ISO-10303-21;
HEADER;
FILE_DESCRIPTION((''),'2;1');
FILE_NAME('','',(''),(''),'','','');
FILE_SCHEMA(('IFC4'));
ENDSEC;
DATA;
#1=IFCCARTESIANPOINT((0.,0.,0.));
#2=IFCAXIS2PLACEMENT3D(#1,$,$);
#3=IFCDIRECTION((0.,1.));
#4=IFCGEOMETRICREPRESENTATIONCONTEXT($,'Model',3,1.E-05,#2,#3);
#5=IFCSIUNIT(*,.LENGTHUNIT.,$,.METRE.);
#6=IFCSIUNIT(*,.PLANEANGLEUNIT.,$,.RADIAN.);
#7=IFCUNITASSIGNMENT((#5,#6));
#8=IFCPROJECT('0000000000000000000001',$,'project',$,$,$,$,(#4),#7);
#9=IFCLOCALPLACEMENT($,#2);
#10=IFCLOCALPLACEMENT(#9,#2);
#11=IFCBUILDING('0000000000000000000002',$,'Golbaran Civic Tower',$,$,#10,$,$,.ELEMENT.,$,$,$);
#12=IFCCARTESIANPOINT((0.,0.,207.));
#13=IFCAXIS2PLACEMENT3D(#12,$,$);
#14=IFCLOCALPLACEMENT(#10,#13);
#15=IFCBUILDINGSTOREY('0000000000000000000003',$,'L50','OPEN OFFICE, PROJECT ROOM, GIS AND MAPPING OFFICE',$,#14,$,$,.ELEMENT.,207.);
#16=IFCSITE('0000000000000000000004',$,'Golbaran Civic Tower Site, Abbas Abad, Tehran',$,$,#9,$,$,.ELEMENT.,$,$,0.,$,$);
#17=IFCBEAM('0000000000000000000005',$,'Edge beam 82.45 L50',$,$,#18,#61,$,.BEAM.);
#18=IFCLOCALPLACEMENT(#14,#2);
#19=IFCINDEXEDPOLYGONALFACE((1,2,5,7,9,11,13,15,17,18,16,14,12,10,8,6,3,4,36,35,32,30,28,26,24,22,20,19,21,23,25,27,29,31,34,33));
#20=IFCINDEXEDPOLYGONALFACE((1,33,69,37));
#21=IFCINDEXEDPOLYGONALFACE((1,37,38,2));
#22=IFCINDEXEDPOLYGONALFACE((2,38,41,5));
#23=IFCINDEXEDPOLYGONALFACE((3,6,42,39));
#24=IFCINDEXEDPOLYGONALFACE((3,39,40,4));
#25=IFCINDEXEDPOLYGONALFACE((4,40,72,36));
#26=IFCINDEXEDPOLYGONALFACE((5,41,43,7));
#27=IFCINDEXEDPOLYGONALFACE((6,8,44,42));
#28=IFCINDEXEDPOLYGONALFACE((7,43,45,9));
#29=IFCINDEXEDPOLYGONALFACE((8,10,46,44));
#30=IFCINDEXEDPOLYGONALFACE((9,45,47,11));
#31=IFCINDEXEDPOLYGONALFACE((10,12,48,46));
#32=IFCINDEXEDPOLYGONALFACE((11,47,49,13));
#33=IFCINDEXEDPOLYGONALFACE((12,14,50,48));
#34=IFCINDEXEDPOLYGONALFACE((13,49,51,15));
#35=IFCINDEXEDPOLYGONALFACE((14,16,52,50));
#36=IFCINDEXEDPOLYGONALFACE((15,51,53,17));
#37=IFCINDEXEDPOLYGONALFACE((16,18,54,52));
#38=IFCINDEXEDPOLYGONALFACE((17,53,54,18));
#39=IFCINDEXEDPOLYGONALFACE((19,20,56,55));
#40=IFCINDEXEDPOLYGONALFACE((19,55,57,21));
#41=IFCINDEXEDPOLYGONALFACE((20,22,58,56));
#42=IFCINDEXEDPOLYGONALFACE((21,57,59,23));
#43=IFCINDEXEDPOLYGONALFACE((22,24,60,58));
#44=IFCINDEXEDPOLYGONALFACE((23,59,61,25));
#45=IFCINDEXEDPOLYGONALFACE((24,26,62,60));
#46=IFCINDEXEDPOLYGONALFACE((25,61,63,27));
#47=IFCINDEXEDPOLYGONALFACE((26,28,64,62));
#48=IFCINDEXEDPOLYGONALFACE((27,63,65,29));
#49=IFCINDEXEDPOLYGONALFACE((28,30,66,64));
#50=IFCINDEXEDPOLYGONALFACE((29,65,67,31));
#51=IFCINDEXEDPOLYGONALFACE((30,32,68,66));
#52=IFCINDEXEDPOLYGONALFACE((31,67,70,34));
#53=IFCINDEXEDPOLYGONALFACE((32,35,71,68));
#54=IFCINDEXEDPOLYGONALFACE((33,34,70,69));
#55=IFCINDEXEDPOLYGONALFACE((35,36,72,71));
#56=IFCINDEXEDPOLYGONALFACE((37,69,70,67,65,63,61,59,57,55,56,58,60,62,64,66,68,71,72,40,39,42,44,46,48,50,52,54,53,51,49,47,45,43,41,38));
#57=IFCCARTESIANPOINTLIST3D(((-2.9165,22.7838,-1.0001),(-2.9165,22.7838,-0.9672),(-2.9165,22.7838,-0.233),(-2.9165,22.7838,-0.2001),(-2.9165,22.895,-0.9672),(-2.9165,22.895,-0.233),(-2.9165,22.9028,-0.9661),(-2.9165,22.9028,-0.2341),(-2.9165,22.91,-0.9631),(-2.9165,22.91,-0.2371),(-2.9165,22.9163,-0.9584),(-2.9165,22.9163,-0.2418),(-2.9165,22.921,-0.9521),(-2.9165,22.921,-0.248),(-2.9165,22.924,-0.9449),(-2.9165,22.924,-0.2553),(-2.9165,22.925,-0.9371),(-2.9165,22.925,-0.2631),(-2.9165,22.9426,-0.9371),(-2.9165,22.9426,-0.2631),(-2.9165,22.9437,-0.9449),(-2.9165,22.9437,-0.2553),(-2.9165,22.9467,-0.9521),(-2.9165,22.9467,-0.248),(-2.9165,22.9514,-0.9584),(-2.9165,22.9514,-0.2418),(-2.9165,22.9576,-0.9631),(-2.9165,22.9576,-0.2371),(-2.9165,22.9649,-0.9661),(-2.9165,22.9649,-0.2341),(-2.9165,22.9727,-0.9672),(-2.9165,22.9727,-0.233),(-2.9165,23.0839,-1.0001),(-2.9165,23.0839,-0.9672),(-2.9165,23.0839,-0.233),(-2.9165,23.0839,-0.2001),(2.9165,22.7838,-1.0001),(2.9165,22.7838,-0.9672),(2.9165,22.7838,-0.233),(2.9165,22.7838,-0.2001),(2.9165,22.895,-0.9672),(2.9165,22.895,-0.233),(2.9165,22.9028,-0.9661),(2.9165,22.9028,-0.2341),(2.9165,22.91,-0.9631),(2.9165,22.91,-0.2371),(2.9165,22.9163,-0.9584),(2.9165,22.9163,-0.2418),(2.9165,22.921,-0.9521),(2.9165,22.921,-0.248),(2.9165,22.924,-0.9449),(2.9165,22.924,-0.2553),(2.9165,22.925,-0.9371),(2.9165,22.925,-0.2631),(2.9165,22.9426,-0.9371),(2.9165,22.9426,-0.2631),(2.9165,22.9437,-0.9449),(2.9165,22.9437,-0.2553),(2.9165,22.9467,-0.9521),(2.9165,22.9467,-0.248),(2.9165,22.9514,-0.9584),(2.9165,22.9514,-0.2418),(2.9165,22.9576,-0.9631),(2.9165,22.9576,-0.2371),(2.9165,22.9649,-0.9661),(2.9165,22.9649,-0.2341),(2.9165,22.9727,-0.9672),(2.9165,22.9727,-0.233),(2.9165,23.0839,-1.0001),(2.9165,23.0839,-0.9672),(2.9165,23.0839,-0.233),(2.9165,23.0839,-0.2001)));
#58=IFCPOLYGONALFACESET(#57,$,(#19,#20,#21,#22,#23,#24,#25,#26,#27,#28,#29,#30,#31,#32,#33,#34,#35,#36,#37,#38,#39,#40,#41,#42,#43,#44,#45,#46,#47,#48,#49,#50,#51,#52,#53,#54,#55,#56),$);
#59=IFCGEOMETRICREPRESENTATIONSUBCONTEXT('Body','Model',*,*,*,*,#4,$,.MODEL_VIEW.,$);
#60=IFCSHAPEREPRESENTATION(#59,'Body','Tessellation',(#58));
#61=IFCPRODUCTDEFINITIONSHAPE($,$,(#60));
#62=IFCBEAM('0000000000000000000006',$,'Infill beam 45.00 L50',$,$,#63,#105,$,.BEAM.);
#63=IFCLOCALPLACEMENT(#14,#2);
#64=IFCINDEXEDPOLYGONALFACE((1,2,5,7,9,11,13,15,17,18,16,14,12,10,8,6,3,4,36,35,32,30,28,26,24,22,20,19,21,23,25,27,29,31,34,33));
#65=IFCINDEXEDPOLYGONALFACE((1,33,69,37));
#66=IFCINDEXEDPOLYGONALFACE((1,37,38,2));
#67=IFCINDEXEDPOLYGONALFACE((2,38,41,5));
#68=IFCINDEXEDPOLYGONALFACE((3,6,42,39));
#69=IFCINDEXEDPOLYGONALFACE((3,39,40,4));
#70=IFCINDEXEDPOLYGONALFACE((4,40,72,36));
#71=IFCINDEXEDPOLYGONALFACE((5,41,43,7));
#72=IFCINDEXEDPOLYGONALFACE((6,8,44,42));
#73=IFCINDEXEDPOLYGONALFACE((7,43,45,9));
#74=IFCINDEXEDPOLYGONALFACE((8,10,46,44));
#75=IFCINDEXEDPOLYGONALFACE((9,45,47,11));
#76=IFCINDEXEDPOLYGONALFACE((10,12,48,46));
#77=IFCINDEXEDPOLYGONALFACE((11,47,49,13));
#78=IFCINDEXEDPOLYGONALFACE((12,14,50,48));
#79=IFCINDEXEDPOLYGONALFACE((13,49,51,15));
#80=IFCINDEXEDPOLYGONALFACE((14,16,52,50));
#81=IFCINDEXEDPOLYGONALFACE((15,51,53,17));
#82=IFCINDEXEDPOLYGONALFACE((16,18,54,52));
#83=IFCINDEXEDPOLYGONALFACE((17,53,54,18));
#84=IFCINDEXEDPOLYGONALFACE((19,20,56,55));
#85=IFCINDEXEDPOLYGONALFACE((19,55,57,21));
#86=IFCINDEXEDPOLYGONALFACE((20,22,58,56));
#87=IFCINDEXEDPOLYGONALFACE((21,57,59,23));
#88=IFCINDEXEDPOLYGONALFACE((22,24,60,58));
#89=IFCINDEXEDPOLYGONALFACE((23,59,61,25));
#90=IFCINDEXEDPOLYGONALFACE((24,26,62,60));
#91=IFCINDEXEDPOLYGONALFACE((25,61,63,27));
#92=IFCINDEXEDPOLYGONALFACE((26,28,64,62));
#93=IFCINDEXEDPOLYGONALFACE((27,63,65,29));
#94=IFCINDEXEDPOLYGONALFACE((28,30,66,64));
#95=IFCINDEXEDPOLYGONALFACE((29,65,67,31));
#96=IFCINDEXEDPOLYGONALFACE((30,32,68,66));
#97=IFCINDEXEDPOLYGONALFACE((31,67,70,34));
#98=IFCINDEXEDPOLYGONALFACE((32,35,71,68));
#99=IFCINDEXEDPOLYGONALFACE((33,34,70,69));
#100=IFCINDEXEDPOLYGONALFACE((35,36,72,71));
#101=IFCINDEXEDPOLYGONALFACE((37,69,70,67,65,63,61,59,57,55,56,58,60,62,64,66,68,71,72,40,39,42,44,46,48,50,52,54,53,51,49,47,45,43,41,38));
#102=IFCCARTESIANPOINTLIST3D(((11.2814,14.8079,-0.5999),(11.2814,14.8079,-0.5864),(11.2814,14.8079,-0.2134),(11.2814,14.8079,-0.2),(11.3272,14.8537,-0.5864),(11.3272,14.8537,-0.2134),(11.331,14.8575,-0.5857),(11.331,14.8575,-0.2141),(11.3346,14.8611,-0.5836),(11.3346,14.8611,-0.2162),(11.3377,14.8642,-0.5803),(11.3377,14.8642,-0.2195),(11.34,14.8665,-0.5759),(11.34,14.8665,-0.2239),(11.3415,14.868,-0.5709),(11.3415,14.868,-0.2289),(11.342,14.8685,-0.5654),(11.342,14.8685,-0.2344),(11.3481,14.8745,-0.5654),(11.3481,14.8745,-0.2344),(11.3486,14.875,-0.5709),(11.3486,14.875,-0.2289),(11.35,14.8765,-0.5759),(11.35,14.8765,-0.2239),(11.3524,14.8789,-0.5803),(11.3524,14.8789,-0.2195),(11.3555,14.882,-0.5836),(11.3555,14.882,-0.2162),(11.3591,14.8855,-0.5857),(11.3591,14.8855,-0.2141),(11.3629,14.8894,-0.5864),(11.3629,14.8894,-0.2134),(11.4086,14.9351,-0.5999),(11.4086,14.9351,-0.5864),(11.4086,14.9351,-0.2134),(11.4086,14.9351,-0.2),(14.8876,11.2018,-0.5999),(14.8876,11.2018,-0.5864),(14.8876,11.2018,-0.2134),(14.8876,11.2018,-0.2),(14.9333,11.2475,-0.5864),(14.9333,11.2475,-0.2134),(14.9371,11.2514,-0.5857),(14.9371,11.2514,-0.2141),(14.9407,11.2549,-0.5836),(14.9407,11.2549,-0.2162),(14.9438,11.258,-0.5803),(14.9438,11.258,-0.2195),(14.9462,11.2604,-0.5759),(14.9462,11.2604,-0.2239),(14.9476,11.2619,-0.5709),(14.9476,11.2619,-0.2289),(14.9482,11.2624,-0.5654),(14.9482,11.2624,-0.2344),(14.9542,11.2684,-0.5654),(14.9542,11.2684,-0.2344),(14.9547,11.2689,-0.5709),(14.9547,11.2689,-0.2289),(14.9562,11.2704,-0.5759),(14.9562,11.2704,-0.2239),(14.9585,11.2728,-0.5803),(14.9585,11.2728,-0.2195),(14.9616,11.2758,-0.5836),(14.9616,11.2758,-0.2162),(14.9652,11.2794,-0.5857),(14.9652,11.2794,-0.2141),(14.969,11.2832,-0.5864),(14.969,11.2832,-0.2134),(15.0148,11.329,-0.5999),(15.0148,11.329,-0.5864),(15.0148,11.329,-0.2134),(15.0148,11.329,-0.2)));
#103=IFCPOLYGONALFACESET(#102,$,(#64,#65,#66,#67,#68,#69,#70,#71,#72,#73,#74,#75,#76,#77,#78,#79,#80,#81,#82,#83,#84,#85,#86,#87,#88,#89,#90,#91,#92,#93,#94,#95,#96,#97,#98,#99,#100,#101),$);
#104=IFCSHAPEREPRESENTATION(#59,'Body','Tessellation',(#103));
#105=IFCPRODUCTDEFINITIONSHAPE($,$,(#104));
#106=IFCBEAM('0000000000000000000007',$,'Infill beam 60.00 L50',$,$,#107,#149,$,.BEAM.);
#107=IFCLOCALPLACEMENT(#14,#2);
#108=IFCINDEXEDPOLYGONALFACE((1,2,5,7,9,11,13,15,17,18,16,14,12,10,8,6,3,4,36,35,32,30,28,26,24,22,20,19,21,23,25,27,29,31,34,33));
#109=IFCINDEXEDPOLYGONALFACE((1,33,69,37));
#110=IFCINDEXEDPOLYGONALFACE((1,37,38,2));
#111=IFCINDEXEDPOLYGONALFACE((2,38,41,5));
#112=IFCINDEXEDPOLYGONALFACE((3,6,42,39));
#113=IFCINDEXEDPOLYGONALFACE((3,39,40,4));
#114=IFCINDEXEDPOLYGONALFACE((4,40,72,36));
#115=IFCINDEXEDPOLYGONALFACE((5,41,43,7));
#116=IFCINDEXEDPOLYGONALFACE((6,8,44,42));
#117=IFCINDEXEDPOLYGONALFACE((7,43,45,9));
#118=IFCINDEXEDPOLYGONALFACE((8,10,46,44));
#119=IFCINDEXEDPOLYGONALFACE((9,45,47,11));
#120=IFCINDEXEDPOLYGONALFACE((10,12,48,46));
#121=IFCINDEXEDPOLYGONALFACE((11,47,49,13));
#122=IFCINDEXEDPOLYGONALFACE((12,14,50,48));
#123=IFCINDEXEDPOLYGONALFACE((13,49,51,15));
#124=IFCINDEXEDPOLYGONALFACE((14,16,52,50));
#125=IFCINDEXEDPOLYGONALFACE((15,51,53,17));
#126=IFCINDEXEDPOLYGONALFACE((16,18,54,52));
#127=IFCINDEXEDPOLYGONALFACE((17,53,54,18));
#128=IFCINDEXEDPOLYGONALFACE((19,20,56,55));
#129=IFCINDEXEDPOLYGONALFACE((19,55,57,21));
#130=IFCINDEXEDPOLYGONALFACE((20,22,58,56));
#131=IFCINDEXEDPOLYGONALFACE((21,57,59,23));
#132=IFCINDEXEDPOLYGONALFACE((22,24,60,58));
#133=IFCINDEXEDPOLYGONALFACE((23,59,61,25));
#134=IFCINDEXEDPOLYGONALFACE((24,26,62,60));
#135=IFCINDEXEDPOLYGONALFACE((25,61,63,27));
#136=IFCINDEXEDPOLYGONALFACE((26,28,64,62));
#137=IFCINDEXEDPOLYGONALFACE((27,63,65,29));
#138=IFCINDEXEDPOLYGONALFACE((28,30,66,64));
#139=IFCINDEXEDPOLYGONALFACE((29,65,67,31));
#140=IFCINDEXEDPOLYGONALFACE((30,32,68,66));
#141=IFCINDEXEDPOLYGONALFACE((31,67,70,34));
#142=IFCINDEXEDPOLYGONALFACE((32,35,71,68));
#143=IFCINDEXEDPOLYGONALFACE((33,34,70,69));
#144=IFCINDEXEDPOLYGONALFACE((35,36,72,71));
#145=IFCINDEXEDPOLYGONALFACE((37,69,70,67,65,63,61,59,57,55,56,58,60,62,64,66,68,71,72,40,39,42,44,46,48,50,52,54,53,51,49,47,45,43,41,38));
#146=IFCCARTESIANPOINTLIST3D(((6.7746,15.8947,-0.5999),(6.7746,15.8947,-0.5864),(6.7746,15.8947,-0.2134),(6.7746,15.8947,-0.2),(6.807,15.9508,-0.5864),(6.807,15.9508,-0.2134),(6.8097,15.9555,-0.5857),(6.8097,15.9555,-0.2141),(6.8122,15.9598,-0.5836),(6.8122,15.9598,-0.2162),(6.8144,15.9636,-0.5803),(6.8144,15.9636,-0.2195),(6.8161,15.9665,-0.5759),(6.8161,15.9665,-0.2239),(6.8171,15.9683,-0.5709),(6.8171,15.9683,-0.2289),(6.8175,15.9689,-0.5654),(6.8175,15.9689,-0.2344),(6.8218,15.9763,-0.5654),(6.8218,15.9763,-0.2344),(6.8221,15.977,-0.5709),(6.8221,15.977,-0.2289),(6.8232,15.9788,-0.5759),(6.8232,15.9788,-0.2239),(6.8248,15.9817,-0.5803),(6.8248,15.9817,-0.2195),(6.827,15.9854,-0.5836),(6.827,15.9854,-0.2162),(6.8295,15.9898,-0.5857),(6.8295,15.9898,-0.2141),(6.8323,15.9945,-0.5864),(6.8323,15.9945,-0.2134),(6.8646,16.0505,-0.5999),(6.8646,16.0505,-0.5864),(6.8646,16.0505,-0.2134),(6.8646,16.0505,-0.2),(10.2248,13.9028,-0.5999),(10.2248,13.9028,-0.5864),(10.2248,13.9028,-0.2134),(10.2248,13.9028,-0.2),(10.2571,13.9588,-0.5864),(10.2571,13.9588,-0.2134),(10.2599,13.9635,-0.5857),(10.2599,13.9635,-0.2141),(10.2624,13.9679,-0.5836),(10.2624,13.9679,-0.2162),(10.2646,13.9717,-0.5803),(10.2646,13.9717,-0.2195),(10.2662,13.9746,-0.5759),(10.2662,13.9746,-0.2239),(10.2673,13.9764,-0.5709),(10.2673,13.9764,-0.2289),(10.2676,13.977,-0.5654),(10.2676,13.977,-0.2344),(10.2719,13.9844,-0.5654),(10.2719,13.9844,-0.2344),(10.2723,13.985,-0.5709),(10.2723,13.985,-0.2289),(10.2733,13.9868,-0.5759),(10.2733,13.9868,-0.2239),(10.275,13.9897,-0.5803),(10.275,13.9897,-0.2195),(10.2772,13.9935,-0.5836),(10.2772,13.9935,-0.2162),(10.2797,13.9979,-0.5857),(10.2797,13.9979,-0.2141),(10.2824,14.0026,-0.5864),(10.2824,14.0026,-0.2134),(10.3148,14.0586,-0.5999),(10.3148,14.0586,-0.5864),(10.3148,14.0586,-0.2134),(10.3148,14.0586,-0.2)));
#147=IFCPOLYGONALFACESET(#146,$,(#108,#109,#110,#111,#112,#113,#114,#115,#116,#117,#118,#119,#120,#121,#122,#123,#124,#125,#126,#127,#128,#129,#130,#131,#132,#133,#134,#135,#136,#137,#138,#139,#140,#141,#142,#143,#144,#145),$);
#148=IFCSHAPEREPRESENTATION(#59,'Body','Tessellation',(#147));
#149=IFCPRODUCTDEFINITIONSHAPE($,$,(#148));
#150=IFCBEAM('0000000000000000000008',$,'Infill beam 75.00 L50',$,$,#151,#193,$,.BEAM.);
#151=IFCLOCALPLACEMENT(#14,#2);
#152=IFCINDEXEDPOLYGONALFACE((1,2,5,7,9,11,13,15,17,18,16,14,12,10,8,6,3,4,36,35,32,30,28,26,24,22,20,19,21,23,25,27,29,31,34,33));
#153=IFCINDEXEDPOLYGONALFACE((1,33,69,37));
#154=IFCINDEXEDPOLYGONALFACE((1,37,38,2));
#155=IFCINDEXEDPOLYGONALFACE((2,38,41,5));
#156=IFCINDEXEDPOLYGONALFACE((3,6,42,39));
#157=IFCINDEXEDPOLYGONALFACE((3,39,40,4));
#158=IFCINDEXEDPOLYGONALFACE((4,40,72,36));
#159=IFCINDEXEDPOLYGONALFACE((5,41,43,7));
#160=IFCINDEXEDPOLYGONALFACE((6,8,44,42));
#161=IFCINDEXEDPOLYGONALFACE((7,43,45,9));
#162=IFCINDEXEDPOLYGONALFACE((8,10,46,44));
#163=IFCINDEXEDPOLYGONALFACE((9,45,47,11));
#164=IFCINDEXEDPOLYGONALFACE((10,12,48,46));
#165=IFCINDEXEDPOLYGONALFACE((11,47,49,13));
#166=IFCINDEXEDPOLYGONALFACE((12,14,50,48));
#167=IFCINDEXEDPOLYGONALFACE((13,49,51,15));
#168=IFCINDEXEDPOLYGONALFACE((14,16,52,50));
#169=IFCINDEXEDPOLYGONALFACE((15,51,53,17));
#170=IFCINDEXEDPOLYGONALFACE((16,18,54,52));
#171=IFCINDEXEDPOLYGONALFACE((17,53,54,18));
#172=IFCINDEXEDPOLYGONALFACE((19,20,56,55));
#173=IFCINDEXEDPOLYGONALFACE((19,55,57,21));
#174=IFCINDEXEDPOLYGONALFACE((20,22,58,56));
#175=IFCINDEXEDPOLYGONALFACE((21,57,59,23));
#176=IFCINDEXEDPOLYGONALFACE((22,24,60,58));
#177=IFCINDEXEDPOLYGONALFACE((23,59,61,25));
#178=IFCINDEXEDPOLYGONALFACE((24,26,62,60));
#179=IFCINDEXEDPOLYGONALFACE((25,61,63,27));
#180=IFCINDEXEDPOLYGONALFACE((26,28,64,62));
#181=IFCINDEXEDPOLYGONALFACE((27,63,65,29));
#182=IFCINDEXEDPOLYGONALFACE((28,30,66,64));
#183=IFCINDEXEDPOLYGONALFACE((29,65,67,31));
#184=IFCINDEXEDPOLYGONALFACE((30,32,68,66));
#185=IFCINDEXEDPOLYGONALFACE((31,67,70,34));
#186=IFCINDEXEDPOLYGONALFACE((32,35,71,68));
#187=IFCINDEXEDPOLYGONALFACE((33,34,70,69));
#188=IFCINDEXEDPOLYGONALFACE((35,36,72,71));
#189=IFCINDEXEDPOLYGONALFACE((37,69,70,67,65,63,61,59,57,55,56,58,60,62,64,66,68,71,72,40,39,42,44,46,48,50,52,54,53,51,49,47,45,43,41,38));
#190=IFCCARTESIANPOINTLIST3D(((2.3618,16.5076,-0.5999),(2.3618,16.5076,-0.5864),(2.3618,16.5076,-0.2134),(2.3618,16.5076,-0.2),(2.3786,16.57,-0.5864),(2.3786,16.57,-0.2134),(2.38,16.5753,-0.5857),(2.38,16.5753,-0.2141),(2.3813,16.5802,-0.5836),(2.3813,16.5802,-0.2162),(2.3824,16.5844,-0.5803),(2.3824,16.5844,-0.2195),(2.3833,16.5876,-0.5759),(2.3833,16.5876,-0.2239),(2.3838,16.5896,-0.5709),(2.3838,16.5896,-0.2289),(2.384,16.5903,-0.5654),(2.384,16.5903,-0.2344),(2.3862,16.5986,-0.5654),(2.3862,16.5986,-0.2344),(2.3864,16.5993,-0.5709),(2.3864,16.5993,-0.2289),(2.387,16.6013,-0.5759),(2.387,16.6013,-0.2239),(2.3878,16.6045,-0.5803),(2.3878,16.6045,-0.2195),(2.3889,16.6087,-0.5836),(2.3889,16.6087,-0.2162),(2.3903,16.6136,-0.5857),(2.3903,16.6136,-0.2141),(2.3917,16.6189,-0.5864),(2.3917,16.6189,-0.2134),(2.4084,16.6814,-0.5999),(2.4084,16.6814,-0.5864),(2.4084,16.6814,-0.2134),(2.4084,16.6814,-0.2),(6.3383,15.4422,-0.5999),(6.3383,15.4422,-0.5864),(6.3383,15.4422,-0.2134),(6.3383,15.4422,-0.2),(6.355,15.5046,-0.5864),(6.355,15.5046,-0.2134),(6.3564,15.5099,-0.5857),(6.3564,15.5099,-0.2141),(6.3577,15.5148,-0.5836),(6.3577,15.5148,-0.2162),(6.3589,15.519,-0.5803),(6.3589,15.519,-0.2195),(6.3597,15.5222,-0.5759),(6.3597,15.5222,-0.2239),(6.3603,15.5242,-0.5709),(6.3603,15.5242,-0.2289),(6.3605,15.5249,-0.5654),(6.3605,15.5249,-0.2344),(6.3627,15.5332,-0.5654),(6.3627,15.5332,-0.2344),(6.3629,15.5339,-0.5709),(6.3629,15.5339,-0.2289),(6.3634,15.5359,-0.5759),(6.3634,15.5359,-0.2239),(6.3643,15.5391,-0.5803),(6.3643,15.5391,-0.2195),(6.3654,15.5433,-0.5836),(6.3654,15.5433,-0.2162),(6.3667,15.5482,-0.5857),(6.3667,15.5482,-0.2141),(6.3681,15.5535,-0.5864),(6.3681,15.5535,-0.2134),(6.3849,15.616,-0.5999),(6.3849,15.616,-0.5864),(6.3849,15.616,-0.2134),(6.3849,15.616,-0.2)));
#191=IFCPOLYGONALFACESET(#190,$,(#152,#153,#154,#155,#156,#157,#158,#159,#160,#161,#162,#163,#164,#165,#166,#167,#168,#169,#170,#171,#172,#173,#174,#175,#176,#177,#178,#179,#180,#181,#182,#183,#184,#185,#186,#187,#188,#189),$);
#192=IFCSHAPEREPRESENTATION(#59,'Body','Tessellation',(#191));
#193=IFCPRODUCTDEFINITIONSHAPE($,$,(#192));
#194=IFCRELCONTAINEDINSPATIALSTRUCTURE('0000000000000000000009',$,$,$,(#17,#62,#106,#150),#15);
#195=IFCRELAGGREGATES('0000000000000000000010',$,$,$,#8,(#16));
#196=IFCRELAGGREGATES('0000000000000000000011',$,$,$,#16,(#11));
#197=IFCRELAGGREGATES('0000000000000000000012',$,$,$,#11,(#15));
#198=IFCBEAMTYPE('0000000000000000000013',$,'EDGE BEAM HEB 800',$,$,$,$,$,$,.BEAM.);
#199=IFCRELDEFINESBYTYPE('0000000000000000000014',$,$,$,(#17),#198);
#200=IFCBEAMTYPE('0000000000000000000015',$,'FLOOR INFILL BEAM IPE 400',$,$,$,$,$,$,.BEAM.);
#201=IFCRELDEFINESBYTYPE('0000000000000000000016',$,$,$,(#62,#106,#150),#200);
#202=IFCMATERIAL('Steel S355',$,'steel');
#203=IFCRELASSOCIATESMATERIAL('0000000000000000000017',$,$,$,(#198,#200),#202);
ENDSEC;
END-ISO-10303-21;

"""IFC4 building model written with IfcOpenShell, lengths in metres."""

from ifc_helpers import new_model, si_unit, direction, frame, origin, origin_2d, place, context, subcontext, project, spatial, i_section, extrude, material, material_profile, profile_set, type_object, element, save


model = new_model("IFC4")

# Units and contexts
model_context = context("Model", 3, precision=1e-05, world=origin(), true_north=direction((0.0, 1.0)))
body_context = subcontext(model_context, "Body", "Model", "MODEL_VIEW")
ifc_project = project(units=[si_unit("LENGTHUNIT", "METRE"), si_unit("PLANEANGLEUNIT", "RADIAN")], contexts=[model_context])

# Site, building, storey
site_placement = place(None, origin())
site = spatial("IfcSite", under=ifc_project, at=site_placement, Name="Golbaran Civic Tower Site, Abbas Abad, Tehran", CompositionType="ELEMENT", RefElevation=0.0)
building_placement = place(site_placement, origin())
building = spatial("IfcBuilding", under=site, at=building_placement, Name="Golbaran Civic Tower", CompositionType="ELEMENT")
storey_placement = place(building_placement, frame((0.0, 0.0, 207.0)))
storey = spatial("IfcBuildingStorey", under=building, at=storey_placement, Name="L50", Description="OPEN OFFICE, PROJECT ROOM, GIS AND MAPPING OFFICE", CompositionType="ELEMENT", Elevation=207.0)

# Beams
ifc_material_1 = material(Name="Steel S355", Category="steel")
ifc_material_profile_1 = material_profile(ifc_material_1, i_section(OverallWidth=0.3, OverallDepth=0.8, WebThickness=0.0176, FlangeThickness=0.033, FilletRadius=0.03, at=origin_2d()), Name="HEB 800")
ifc_profile_set_1 = profile_set([ifc_material_profile_1], Name="Steel S355")
beam_type_1 = type_object("IfcBeamType", Name="EDGE BEAM HEB 800", PredefinedType="BEAM", material=ifc_profile_set_1)
beam_1_placement = place(storey_placement, frame((2.9165, 22.9338, -0.6001), z_axis=(-1.0, 0.0, 0.0), x_axis=(0.0, -1.0, 0.0)))
element("IfcBeam", 1, at=beam_1_placement, inside=storey, type_object=beam_type_1, Name="Edge beam 82.45 L50", PredefinedType="BEAM", context=body_context, shape_type="SweptSolid", body=[
    extrude(i_section(OverallWidth=0.3, OverallDepth=0.8, WebThickness=0.0176, FlangeThickness=0.033, FilletRadius=0.03, at=origin_2d()), origin(), (0.0, 0.0, 1.0), 5.833),
])
ifc_material_profile_2 = material_profile(ifc_material_1, i_section(OverallWidth=0.1799, OverallDepth=0.3999, WebThickness=0.0085, FlangeThickness=0.0134, FilletRadius=0.021, at=origin_2d()), Name="IPE 400")
ifc_profile_set_2 = profile_set([ifc_material_profile_2], Name="Steel S355")
beam_type_2 = type_object("IfcBeamType", Name="FLOOR INFILL BEAM IPE 400", PredefinedType="BEAM", material=ifc_profile_set_2)
beam_2_placement = place(storey_placement, frame((14.9512, 11.2654, -0.3999), z_axis=(-0.707107, 0.707107, 0.0), x_axis=(-0.707107, -0.707107, 0.0)))
element("IfcBeam", 2, at=beam_2_placement, inside=storey, type_object=beam_type_2, Name="Infill beam 45.00 L50", PredefinedType="BEAM", context=body_context, shape_type="SweptSolid", body=[
    extrude(i_section(OverallWidth=0.1799, OverallDepth=0.3999, WebThickness=0.0085, FlangeThickness=0.0134, FilletRadius=0.021, at=origin_2d()), origin(), (0.0, 0.0, 1.0), 5.0999),
])
beam_3_placement = place(storey_placement, frame((10.2698, 13.9807, -0.3999), z_axis=(-0.866028, 0.499995, 0.0), x_axis=(-0.499995, -0.866028, 0.0)))
element("IfcBeam", 3, at=beam_3_placement, inside=storey, type_object=beam_type_2, Name="Infill beam 60.00 L50", PredefinedType="BEAM", context=body_context, shape_type="SweptSolid", body=[
    extrude(i_section(OverallWidth=0.1799, OverallDepth=0.3999, WebThickness=0.0085, FlangeThickness=0.0134, FilletRadius=0.021, at=origin_2d()), origin(), (0.0, 0.0, 1.0), 3.9839),
])
beam_4_placement = place(storey_placement, frame((6.3616, 15.5291, -0.3999), z_axis=(-0.965931, 0.258799, 0.0), x_axis=(-0.258799, -0.965931, 0.0)))
element("IfcBeam", 4, at=beam_4_placement, inside=storey, type_object=beam_type_2, Name="Infill beam 75.00 L50", PredefinedType="BEAM", context=body_context, shape_type="SweptSolid", body=[
    extrude(i_section(OverallWidth=0.1799, OverallDepth=0.3999, WebThickness=0.0085, FlangeThickness=0.0134, FilletRadius=0.021, at=origin_2d()), origin(), (0.0, 0.0, 1.0), 4.1167),
])

save(model, "model.ifc")
